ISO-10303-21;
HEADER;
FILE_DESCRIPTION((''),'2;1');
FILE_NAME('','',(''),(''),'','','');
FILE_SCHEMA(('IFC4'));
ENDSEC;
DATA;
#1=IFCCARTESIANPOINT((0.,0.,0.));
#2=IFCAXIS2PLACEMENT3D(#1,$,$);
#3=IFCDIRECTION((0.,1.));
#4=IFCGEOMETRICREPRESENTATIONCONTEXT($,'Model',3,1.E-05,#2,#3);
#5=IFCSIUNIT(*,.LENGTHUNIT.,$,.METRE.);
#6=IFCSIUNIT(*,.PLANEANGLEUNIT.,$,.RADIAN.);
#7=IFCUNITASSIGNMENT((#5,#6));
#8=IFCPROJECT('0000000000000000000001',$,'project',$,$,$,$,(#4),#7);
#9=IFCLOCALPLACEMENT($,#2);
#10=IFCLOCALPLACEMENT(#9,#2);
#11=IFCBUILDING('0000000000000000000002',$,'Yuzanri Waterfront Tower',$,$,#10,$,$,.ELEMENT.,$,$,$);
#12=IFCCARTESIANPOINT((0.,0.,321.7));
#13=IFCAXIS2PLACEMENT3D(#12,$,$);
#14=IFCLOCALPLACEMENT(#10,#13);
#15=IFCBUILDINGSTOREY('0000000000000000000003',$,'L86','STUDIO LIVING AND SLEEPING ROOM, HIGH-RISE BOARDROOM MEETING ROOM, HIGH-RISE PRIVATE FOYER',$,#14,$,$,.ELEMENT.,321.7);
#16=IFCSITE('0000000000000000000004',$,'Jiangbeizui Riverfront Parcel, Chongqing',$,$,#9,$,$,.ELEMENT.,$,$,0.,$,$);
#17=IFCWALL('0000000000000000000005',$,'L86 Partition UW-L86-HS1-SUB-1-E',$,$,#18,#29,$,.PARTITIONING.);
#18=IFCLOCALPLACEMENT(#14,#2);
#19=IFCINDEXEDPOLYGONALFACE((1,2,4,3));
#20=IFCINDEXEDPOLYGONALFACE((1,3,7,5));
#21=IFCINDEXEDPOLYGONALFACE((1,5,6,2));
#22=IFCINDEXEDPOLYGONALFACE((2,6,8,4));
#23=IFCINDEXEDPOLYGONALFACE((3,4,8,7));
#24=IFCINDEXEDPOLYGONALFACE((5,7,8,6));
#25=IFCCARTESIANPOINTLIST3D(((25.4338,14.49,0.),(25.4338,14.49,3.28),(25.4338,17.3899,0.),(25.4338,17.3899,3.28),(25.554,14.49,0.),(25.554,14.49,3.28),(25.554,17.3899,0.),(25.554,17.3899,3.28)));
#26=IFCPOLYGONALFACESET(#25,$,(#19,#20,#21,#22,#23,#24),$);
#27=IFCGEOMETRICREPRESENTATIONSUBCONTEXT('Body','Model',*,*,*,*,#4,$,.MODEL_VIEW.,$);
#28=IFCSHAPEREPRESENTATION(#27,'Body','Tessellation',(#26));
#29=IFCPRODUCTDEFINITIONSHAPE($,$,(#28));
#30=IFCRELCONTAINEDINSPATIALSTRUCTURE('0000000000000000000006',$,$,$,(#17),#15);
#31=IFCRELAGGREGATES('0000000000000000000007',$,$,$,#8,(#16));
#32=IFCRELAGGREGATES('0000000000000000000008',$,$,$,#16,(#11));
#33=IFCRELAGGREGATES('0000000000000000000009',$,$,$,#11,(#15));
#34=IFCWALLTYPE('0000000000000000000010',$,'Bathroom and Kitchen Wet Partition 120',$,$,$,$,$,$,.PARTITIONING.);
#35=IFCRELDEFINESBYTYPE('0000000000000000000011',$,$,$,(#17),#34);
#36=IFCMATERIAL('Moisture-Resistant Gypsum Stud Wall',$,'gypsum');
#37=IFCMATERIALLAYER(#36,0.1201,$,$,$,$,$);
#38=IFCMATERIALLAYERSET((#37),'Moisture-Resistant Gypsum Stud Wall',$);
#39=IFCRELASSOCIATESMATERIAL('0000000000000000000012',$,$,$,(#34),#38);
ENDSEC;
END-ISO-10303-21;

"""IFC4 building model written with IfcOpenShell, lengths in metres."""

from ifc_helpers import new_model, si_unit, direction, frame, frame_2d, origin, place, context, subcontext, project, spatial, rectangle, extrude, source, transform, mapped, material, layer, layer_set, type_object, element, save


model = new_model("IFC4")

# Units and contexts
model_context = context("Model", 3, precision=1e-05, world=origin(), true_north=direction((0.0, 1.0)))
body_context = subcontext(model_context, "Body", "Model", "MODEL_VIEW")
ifc_project = project(units=[si_unit("LENGTHUNIT", "METRE"), si_unit("PLANEANGLEUNIT", "RADIAN")], contexts=[model_context])

# Site, building, storey
site_placement = place(None, origin())
site = spatial("IfcSite", under=ifc_project, at=site_placement, Name="Jiangbeizui Riverfront Parcel, Chongqing", CompositionType="ELEMENT", RefElevation=0.0)
building_placement = place(site_placement, origin())
building = spatial("IfcBuilding", under=site, at=building_placement, Name="Yuzanri Waterfront Tower", CompositionType="ELEMENT")
storey_placement = place(building_placement, frame((0.0, 0.0, 321.7)))
storey = spatial("IfcBuildingStorey", under=building, at=storey_placement, Name="L86", Description="STUDIO LIVING AND SLEEPING ROOM, HIGH-RISE BOARDROOM MEETING ROOM, HIGH-RISE PRIVATE FOYER", CompositionType="ELEMENT", Elevation=321.7)

# Wall
ifc_material_1 = material(Name="Moisture-Resistant Gypsum Stud Wall", Category="gypsum")
ifc_layer_1 = layer(ifc_material_1, 0.1201)
ifc_layer_set_1 = layer_set([ifc_layer_1], Name="Moisture-Resistant Gypsum Stud Wall")
wall_type_1 = type_object("IfcWallType", Name="Bathroom and Kitchen Wet Partition 120", PredefinedType="PARTITIONING", material=ifc_layer_set_1)
shared_shape_1 = source(origin(), body_context, "Body", "SweptSolid", [
    extrude(rectangle(XDim=2.8999, YDim=0.1201, at=frame_2d((1.45, 0.0))), origin(), (0.0, 0.0, 1.0), 3.28),
])
wall_1_placement = place(storey_placement, frame((25.4939, 14.49, 0.0), z_axis=(0.0, 0.0, 1.0), x_axis=(0.0, 1.0, 0.0)))
element("IfcWall", 1, at=wall_1_placement, inside=storey, type_object=wall_type_1, Name="L86 Partition UW-L86-HS1-SUB-1-E", PredefinedType="PARTITIONING", context=body_context, shape_type="MappedRepresentation", body=[
    mapped(shared_shape_1, transform((0.0, 0.0, 0.0), scale=1.0)),
])

save(model, "model.ifc")
